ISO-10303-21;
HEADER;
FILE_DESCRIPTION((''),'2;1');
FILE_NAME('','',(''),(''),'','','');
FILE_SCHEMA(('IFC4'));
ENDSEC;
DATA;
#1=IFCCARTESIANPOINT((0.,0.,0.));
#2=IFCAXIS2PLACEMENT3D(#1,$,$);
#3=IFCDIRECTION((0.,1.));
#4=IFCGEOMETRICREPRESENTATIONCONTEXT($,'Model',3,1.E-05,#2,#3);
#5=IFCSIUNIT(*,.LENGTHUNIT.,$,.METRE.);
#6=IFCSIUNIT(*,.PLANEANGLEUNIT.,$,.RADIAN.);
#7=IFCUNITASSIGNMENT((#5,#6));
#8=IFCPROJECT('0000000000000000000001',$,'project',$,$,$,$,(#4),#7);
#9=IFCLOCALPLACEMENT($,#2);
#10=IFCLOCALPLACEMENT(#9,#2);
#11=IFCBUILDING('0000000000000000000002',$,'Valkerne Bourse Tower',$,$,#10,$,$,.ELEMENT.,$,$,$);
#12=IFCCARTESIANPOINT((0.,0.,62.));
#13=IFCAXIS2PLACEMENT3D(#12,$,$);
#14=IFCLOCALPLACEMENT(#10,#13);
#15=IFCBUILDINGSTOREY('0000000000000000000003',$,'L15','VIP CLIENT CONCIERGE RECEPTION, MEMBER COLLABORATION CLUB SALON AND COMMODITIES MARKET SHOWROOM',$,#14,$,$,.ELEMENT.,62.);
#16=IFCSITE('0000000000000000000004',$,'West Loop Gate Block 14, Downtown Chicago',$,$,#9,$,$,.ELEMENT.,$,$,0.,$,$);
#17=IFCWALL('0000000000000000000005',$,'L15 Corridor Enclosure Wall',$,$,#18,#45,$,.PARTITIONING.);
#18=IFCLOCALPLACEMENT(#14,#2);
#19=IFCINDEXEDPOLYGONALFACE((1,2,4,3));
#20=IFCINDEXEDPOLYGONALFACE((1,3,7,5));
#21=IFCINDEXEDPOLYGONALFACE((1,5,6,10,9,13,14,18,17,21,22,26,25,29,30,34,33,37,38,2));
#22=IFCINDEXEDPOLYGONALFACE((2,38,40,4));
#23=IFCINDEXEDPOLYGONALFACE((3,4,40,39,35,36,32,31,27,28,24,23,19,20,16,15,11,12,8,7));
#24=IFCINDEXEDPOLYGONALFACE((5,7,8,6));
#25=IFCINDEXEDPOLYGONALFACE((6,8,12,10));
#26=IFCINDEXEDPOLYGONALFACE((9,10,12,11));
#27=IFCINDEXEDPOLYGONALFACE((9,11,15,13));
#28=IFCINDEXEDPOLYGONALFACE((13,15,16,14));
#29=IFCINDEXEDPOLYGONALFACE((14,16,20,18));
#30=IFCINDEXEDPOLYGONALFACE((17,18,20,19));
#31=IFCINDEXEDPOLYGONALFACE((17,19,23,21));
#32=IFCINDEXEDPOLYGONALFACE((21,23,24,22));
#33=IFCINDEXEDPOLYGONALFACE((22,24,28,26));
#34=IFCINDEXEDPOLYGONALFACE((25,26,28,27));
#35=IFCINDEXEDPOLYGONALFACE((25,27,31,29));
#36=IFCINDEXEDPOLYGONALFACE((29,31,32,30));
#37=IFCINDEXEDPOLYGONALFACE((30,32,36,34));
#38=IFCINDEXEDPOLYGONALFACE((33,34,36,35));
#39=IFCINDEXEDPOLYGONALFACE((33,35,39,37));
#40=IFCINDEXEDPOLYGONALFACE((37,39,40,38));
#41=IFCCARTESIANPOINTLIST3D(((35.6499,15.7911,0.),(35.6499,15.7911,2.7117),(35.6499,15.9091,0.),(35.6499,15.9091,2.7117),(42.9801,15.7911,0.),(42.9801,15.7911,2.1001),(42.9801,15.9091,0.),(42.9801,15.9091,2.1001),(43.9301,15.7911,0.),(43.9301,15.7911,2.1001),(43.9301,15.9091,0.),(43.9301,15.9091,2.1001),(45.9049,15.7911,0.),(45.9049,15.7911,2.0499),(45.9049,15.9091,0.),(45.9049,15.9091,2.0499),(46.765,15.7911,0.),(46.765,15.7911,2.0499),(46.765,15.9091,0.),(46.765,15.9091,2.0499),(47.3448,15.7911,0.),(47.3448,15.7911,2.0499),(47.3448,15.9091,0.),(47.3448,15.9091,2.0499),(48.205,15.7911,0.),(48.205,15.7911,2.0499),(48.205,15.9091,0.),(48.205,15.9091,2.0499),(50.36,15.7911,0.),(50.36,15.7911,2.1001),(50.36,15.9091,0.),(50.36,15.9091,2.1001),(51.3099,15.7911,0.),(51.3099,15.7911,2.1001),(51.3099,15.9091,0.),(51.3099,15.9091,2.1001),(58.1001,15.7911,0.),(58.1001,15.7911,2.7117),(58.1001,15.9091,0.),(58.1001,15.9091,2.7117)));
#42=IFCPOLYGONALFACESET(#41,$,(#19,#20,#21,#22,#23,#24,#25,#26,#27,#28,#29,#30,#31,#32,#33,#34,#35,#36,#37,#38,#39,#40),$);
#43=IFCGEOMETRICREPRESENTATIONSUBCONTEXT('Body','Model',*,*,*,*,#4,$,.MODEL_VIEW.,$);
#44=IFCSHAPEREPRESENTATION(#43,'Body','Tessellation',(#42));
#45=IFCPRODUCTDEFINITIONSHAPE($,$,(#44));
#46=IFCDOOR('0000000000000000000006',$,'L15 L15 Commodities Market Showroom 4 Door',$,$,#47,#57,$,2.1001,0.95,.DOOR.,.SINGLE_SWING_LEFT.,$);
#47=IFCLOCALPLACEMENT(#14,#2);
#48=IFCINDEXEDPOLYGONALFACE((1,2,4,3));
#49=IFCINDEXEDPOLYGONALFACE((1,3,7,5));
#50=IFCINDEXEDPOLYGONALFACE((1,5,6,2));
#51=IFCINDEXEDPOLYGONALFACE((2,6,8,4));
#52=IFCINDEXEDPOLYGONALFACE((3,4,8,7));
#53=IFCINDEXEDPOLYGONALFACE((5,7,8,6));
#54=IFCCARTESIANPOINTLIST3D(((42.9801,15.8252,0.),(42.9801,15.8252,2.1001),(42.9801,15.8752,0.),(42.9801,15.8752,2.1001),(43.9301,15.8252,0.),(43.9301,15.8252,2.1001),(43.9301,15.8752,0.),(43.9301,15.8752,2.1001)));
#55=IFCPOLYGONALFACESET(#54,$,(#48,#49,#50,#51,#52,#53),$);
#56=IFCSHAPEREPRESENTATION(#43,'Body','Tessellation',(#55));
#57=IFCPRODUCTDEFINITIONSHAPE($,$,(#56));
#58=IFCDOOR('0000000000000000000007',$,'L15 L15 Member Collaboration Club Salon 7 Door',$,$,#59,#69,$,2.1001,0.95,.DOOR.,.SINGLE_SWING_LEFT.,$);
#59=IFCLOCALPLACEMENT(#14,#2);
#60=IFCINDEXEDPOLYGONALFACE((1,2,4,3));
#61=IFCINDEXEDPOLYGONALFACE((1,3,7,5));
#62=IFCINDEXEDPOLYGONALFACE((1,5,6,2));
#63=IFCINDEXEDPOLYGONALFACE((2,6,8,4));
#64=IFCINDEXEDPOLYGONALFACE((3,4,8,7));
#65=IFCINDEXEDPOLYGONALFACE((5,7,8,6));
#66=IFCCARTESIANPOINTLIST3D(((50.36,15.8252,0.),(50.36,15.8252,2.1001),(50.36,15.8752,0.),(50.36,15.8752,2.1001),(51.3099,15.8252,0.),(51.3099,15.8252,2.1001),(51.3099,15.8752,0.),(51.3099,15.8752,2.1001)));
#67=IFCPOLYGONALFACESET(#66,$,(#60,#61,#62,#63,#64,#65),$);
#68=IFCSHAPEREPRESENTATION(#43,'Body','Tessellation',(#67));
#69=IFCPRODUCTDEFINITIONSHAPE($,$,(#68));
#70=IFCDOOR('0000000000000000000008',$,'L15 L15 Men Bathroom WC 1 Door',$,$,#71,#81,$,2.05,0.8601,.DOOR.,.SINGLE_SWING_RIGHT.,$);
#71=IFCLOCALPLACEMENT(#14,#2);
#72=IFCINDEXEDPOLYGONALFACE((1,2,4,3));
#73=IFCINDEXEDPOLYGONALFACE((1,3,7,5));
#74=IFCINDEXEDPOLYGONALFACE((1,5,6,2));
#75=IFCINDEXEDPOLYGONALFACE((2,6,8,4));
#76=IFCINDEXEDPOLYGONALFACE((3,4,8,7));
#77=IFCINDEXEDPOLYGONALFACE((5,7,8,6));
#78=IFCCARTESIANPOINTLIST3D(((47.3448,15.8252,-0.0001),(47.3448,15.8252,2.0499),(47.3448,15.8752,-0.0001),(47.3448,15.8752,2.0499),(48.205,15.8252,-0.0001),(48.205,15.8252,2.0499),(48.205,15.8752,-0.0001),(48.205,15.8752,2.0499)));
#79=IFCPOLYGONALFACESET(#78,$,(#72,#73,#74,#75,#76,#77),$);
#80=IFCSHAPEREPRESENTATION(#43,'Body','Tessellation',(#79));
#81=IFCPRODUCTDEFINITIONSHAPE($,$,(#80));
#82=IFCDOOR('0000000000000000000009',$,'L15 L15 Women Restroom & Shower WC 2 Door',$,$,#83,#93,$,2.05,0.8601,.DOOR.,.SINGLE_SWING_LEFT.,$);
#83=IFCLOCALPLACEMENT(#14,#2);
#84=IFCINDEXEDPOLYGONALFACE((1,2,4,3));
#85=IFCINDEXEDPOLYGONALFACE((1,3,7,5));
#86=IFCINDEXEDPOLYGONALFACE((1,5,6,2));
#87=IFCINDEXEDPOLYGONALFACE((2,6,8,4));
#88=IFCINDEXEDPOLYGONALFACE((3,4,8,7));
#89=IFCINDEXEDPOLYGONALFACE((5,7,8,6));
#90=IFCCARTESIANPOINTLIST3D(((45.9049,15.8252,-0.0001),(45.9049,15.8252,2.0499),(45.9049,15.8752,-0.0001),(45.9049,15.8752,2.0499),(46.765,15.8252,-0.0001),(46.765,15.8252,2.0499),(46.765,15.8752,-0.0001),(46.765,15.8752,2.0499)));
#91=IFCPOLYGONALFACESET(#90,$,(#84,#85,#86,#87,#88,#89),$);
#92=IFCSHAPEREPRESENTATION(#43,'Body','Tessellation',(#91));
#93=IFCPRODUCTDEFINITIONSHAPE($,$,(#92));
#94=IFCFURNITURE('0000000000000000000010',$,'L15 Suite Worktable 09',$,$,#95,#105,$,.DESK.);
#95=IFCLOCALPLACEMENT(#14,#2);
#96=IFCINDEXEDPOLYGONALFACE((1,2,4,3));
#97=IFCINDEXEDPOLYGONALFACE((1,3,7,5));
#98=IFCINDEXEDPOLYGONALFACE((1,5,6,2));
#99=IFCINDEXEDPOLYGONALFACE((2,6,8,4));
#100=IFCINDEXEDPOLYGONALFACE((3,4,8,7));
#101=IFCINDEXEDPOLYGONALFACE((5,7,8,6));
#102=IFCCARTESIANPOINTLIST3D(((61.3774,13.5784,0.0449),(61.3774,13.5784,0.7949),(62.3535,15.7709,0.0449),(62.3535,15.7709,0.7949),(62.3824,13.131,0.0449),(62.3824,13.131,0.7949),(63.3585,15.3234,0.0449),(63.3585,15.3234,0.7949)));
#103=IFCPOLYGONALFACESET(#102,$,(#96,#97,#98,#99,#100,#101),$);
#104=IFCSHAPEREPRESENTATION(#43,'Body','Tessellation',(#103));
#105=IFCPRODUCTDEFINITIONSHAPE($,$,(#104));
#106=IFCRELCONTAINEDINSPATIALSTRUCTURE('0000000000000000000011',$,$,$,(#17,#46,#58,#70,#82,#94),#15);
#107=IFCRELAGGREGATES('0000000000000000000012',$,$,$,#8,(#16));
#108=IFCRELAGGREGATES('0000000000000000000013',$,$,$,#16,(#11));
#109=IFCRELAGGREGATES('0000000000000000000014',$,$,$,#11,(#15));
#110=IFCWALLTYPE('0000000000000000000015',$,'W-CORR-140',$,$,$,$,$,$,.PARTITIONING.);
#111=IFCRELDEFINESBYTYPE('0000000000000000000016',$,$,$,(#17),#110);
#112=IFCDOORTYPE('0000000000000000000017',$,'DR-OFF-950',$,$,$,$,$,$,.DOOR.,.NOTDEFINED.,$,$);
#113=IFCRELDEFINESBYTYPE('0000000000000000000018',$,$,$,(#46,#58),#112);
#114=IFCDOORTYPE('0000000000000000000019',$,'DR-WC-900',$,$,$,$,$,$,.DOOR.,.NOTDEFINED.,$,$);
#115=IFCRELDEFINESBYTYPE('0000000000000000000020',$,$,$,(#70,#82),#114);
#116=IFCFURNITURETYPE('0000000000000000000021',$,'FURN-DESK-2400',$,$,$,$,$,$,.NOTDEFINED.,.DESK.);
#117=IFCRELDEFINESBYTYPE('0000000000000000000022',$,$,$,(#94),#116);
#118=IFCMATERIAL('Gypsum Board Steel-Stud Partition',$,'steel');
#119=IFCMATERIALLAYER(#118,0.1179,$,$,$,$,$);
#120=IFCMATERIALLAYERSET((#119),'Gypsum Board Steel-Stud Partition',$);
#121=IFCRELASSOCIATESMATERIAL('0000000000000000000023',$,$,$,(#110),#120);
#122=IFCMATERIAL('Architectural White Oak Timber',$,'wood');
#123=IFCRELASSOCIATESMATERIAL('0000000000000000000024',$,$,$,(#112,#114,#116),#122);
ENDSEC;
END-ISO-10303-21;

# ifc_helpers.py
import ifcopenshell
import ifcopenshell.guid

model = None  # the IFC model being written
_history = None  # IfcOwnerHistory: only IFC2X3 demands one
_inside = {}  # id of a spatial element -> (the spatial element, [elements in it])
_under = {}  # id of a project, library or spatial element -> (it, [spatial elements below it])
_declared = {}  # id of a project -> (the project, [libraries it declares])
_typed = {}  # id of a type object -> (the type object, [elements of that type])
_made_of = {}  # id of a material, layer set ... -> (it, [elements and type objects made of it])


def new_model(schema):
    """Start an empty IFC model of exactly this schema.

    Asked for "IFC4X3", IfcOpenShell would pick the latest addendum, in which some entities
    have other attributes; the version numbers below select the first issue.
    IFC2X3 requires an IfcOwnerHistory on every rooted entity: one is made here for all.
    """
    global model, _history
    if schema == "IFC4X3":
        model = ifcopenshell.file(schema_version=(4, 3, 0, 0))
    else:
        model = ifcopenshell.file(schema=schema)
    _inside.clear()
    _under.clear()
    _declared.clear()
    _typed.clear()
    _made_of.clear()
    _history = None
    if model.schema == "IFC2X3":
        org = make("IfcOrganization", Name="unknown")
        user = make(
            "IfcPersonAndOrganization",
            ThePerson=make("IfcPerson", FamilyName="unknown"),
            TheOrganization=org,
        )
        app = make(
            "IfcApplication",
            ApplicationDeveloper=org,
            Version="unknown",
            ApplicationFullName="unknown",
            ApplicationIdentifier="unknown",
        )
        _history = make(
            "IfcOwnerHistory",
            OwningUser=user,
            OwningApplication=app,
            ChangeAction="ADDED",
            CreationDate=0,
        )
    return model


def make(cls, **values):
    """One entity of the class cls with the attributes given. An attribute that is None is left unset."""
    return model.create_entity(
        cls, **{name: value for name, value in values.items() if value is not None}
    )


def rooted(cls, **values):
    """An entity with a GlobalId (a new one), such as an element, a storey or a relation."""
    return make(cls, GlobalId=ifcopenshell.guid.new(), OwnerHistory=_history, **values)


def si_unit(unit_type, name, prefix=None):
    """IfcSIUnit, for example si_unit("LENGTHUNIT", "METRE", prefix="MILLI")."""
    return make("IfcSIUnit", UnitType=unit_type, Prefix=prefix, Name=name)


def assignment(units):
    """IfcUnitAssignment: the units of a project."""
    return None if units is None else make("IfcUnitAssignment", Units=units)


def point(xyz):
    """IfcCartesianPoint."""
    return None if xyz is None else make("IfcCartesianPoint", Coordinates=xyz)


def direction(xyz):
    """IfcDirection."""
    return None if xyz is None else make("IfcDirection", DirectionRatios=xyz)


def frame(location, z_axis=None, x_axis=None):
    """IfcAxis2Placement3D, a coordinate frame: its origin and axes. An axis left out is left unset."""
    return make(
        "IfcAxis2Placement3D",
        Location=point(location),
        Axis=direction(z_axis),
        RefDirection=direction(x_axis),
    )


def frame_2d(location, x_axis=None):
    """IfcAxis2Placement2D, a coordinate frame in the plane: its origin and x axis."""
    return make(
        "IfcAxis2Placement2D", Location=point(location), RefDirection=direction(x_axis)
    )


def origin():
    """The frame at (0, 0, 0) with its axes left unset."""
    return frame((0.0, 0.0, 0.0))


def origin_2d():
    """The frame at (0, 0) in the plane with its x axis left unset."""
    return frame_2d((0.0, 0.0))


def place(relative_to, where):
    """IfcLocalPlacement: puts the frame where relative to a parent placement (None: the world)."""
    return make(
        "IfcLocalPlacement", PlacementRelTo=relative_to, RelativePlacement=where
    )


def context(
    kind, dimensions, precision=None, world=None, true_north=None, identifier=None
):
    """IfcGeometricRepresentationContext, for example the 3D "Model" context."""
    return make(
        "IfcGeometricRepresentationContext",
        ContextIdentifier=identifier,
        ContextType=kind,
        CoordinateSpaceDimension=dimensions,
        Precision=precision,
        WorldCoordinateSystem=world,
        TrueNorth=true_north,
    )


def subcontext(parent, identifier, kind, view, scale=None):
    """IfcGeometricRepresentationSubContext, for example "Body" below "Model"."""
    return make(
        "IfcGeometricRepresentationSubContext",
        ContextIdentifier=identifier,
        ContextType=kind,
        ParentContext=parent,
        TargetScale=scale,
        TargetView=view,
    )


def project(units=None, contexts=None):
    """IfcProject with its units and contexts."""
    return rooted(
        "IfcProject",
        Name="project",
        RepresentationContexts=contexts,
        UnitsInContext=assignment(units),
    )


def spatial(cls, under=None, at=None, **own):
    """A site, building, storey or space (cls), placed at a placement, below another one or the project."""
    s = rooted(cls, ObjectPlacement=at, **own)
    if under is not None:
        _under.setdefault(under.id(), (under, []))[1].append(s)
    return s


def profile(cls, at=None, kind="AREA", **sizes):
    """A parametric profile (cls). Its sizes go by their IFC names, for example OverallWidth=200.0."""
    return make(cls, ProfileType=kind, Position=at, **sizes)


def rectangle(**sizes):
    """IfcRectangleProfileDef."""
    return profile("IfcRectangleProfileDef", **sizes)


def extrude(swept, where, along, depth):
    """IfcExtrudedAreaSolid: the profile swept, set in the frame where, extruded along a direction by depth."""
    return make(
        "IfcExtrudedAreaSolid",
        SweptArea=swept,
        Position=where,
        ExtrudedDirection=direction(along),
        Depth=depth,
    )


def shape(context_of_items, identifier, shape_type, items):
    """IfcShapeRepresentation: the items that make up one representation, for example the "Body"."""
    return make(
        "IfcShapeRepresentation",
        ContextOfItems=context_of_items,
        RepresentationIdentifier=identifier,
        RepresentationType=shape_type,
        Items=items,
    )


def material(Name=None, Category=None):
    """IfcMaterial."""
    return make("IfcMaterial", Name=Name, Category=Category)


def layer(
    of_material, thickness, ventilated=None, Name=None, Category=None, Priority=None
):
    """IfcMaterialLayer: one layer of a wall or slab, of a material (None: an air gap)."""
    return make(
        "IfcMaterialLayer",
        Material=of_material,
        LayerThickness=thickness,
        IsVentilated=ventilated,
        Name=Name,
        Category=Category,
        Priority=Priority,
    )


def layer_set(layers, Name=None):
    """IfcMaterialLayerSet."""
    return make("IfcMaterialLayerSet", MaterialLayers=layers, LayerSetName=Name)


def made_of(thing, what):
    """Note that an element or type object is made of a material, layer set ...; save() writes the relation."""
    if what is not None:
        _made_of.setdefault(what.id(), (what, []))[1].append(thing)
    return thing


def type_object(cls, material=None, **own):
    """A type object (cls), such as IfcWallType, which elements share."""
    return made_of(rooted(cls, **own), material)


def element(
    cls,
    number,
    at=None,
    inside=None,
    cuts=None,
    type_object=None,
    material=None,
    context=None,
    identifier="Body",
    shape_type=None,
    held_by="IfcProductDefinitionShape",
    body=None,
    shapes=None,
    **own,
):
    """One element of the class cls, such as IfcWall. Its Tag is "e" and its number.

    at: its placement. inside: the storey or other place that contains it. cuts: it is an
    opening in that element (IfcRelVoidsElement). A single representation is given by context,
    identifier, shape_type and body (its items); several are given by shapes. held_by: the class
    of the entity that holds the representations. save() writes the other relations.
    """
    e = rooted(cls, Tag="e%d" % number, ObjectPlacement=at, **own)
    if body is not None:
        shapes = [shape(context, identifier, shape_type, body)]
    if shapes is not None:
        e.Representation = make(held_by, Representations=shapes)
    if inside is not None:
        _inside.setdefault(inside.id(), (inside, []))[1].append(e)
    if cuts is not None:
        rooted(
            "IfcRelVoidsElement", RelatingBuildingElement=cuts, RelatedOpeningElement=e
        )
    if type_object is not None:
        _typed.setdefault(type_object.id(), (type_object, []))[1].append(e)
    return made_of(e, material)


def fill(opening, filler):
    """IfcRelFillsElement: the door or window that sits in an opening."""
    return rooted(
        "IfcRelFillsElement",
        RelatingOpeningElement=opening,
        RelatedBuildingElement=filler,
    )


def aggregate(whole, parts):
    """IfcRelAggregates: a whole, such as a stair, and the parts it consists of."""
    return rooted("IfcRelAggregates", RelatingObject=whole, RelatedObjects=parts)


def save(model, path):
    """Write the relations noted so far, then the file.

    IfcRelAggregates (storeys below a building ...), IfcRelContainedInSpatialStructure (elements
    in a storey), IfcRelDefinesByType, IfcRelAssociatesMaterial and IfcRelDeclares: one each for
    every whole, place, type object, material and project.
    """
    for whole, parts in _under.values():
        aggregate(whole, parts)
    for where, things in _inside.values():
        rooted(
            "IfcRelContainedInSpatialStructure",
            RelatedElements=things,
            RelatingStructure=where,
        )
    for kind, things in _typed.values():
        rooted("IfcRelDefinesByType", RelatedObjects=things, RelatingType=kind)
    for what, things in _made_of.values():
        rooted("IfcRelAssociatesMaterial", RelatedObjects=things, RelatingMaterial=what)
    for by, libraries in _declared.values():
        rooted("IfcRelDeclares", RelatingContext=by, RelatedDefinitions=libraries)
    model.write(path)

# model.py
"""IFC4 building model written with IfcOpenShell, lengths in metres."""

from ifc_helpers import new_model, si_unit, direction, frame, frame_2d, origin, origin_2d, place, context, subcontext, project, spatial, rectangle, extrude, material, layer, layer_set, type_object, element, fill, save


model = new_model("IFC4")

# Units and contexts
model_context = context("Model", 3, precision=1e-05, world=origin(), true_north=direction((0.0, 1.0)))
body_context = subcontext(model_context, "Body", "Model", "MODEL_VIEW")
ifc_project = project(units=[si_unit("LENGTHUNIT", "METRE"), si_unit("PLANEANGLEUNIT", "RADIAN")], contexts=[model_context])

# Site, building, storey
site_placement = place(None, origin())
site = spatial("IfcSite", under=ifc_project, at=site_placement, Name="West Loop Gate Block 14, Downtown Chicago", CompositionType="ELEMENT", RefElevation=0.0)
building_placement = place(site_placement, origin())
building = spatial("IfcBuilding", under=site, at=building_placement, Name="Valkerne Bourse Tower", CompositionType="ELEMENT")
storey_placement = place(building_placement, frame((0.0, 0.0, 62.0)))
storey = spatial("IfcBuildingStorey", under=building, at=storey_placement, Name="L15", Description="VIP CLIENT CONCIERGE RECEPTION, MEMBER COLLABORATION CLUB SALON AND COMMODITIES MARKET SHOWROOM", CompositionType="ELEMENT", Elevation=62.0)

# Wall, openings, doors
ifc_material_1 = material(Name="Gypsum Board Steel-Stud Partition", Category="steel")
ifc_layer_1 = layer(ifc_material_1, 0.1179)
ifc_layer_set_1 = layer_set([ifc_layer_1], Name="Gypsum Board Steel-Stud Partition")
wall_type = type_object("IfcWallType", Name="W-CORR-140", PredefinedType="PARTITIONING", material=ifc_layer_set_1)
wall_placement = place(storey_placement, frame((58.1001, 15.8501, 0.0), z_axis=(0.0, 0.0, 1.0), x_axis=(-1.0, 0.0, 0.0)))
wall = element("IfcWall", 1, at=wall_placement, inside=storey, type_object=wall_type, Name="L15 Corridor Enclosure Wall", PredefinedType="PARTITIONING", context=body_context, shape_type="SweptSolid", body=[
    extrude(rectangle(XDim=22.4502, YDim=0.1179, at=frame_2d((11.2251, 0.0))), origin(), (0.0, 0.0, 1.0), 2.7117),
])
opening_1_placement = place(wall_placement, frame((9.895, 0.0, 0.0)))
opening_1 = element("IfcOpeningElement", 2, at=opening_1_placement, cuts=wall, PredefinedType="OPENING", context=body_context, shape_type="SweptSolid", body=[
    extrude(rectangle(XDim=0.8601, YDim=2.05, at=frame_2d((0.4302, 1.0249))), frame((0.0, 0.0688, 0.0), z_axis=(0.0, -1.0, 0.0), x_axis=(1.0, 0.0, 0.0)), (0.0, 0.0, 1.0), 0.1379),
])
opening_2_placement = place(wall_placement, frame((11.335, 0.0, 0.0)))
opening_2 = element("IfcOpeningElement", 3, at=opening_2_placement, cuts=wall, PredefinedType="OPENING", context=body_context, shape_type="SweptSolid", body=[
    extrude(rectangle(XDim=0.8601, YDim=2.05, at=frame_2d((0.4302, 1.0249))), frame((0.0, 0.0688, 0.0), z_axis=(0.0, -1.0, 0.0), x_axis=(1.0, 0.0, 0.0)), (0.0, 0.0, 1.0), 0.1379),
])
opening_3_placement = place(wall_placement, frame((14.1699, 0.0, 0.0)))
opening_3 = element("IfcOpeningElement", 4, at=opening_3_placement, cuts=wall, PredefinedType="OPENING", context=body_context, shape_type="SweptSolid", body=[
    extrude(rectangle(XDim=0.95, YDim=2.1001, at=frame_2d((0.4751, 1.05))), frame((0.0, 0.0688, 0.0), z_axis=(0.0, -1.0, 0.0), x_axis=(1.0, 0.0, 0.0)), (0.0, 0.0, 1.0), 0.1379),
])
opening_4_placement = place(wall_placement, frame((6.79, 0.0, 0.0)))
opening_4 = element("IfcOpeningElement", 5, at=opening_4_placement, cuts=wall, PredefinedType="OPENING", context=body_context, shape_type="SweptSolid", body=[
    extrude(rectangle(XDim=0.95, YDim=2.1001, at=frame_2d((0.4751, 1.05))), frame((0.0, 0.0688, 0.0), z_axis=(0.0, -1.0, 0.0), x_axis=(1.0, 0.0, 0.0)), (0.0, 0.0, 1.0), 0.1379),
])
ifc_material_2 = material(Name="Architectural White Oak Timber", Category="wood")
door_type_1 = type_object("IfcDoorType", Name="DR-OFF-950", OperationType="NOTDEFINED", PredefinedType="DOOR", material=ifc_material_2)
door_1_placement = place(opening_3_placement, origin())
door_1 = element("IfcDoor", 6, at=door_1_placement, inside=storey, type_object=door_type_1, Name="L15 L15 Commodities Market Showroom 4 Door", OperationType="SINGLE_SWING_LEFT", OverallHeight=2.1001, OverallWidth=0.95, PredefinedType="DOOR", context=body_context, shape_type="SweptSolid", body=[
    extrude(rectangle(XDim=0.95, YDim=2.1001, at=frame_2d((0.4751, 1.05))), frame((0.0, 0.0249, 0.0), z_axis=(0.0, -1.0, 0.0), x_axis=(1.0, 0.0, 0.0)), (0.0, 0.0, 1.0), 0.05),
])
fill(opening_3, door_1)
door_2_placement = place(opening_4_placement, origin())
door_2 = element("IfcDoor", 7, at=door_2_placement, inside=storey, type_object=door_type_1, Name="L15 L15 Member Collaboration Club Salon 7 Door", OperationType="SINGLE_SWING_LEFT", OverallHeight=2.1001, OverallWidth=0.95, PredefinedType="DOOR", context=body_context, shape_type="SweptSolid", body=[
    extrude(rectangle(XDim=0.95, YDim=2.1001, at=frame_2d((0.4751, 1.05))), frame((0.0, 0.0249, 0.0), z_axis=(0.0, -1.0, 0.0), x_axis=(1.0, 0.0, 0.0)), (0.0, 0.0, 1.0), 0.05),
])
fill(opening_4, door_2)
door_type_2 = type_object("IfcDoorType", Name="DR-WC-900", OperationType="NOTDEFINED", PredefinedType="DOOR", material=ifc_material_2)
door_3_placement = place(opening_1_placement, origin())
door_3 = element("IfcDoor", 8, at=door_3_placement, inside=storey, type_object=door_type_2, Name="L15 L15 Men Bathroom WC 1 Door", OperationType="SINGLE_SWING_RIGHT", OverallHeight=2.05, OverallWidth=0.8601, PredefinedType="DOOR", context=body_context, shape_type="SweptSolid", body=[
    extrude(rectangle(XDim=0.8601, YDim=2.05, at=frame_2d((0.4302, 1.0249))), frame((0.0, 0.0249, 0.0), z_axis=(0.0, -1.0, 0.0), x_axis=(1.0, 0.0, 0.0)), (0.0, 0.0, 1.0), 0.05),
])
fill(opening_1, door_3)
door_4_placement = place(opening_2_placement, origin())
door_4 = element("IfcDoor", 9, at=door_4_placement, inside=storey, type_object=door_type_2, Name="L15 L15 Women Restroom & Shower WC 2 Door", OperationType="SINGLE_SWING_LEFT", OverallHeight=2.05, OverallWidth=0.8601, PredefinedType="DOOR", context=body_context, shape_type="SweptSolid", body=[
    extrude(rectangle(XDim=0.8601, YDim=2.05, at=frame_2d((0.4302, 1.0249))), frame((0.0, 0.0249, 0.0), z_axis=(0.0, -1.0, 0.0), x_axis=(1.0, 0.0, 0.0)), (0.0, 0.0, 1.0), 0.05),
])
fill(opening_2, door_4)

# Furniture
furniture_type = type_object("IfcFurnitureType", Name="FURN-DESK-2400", AssemblyPlace="NOTDEFINED", PredefinedType="DESK", material=ifc_material_2)
furniture_placement = place(storey_placement, frame((62.3679, 14.4509, 0.0449), z_axis=(0.0, 0.0, 1.0), x_axis=(0.406737, 0.913545, 0.0)))
element("IfcFurniture", 10, at=furniture_placement, inside=storey, type_object=furniture_type, Name="L15 Suite Worktable 09", PredefinedType="DESK", context=body_context, shape_type="SweptSolid", body=[
    extrude(rectangle(XDim=2.3999, YDim=1.1001, at=origin_2d()), origin(), (0.0, 0.0, 1.0), 0.75),
])

save(model, "model.ifc")
